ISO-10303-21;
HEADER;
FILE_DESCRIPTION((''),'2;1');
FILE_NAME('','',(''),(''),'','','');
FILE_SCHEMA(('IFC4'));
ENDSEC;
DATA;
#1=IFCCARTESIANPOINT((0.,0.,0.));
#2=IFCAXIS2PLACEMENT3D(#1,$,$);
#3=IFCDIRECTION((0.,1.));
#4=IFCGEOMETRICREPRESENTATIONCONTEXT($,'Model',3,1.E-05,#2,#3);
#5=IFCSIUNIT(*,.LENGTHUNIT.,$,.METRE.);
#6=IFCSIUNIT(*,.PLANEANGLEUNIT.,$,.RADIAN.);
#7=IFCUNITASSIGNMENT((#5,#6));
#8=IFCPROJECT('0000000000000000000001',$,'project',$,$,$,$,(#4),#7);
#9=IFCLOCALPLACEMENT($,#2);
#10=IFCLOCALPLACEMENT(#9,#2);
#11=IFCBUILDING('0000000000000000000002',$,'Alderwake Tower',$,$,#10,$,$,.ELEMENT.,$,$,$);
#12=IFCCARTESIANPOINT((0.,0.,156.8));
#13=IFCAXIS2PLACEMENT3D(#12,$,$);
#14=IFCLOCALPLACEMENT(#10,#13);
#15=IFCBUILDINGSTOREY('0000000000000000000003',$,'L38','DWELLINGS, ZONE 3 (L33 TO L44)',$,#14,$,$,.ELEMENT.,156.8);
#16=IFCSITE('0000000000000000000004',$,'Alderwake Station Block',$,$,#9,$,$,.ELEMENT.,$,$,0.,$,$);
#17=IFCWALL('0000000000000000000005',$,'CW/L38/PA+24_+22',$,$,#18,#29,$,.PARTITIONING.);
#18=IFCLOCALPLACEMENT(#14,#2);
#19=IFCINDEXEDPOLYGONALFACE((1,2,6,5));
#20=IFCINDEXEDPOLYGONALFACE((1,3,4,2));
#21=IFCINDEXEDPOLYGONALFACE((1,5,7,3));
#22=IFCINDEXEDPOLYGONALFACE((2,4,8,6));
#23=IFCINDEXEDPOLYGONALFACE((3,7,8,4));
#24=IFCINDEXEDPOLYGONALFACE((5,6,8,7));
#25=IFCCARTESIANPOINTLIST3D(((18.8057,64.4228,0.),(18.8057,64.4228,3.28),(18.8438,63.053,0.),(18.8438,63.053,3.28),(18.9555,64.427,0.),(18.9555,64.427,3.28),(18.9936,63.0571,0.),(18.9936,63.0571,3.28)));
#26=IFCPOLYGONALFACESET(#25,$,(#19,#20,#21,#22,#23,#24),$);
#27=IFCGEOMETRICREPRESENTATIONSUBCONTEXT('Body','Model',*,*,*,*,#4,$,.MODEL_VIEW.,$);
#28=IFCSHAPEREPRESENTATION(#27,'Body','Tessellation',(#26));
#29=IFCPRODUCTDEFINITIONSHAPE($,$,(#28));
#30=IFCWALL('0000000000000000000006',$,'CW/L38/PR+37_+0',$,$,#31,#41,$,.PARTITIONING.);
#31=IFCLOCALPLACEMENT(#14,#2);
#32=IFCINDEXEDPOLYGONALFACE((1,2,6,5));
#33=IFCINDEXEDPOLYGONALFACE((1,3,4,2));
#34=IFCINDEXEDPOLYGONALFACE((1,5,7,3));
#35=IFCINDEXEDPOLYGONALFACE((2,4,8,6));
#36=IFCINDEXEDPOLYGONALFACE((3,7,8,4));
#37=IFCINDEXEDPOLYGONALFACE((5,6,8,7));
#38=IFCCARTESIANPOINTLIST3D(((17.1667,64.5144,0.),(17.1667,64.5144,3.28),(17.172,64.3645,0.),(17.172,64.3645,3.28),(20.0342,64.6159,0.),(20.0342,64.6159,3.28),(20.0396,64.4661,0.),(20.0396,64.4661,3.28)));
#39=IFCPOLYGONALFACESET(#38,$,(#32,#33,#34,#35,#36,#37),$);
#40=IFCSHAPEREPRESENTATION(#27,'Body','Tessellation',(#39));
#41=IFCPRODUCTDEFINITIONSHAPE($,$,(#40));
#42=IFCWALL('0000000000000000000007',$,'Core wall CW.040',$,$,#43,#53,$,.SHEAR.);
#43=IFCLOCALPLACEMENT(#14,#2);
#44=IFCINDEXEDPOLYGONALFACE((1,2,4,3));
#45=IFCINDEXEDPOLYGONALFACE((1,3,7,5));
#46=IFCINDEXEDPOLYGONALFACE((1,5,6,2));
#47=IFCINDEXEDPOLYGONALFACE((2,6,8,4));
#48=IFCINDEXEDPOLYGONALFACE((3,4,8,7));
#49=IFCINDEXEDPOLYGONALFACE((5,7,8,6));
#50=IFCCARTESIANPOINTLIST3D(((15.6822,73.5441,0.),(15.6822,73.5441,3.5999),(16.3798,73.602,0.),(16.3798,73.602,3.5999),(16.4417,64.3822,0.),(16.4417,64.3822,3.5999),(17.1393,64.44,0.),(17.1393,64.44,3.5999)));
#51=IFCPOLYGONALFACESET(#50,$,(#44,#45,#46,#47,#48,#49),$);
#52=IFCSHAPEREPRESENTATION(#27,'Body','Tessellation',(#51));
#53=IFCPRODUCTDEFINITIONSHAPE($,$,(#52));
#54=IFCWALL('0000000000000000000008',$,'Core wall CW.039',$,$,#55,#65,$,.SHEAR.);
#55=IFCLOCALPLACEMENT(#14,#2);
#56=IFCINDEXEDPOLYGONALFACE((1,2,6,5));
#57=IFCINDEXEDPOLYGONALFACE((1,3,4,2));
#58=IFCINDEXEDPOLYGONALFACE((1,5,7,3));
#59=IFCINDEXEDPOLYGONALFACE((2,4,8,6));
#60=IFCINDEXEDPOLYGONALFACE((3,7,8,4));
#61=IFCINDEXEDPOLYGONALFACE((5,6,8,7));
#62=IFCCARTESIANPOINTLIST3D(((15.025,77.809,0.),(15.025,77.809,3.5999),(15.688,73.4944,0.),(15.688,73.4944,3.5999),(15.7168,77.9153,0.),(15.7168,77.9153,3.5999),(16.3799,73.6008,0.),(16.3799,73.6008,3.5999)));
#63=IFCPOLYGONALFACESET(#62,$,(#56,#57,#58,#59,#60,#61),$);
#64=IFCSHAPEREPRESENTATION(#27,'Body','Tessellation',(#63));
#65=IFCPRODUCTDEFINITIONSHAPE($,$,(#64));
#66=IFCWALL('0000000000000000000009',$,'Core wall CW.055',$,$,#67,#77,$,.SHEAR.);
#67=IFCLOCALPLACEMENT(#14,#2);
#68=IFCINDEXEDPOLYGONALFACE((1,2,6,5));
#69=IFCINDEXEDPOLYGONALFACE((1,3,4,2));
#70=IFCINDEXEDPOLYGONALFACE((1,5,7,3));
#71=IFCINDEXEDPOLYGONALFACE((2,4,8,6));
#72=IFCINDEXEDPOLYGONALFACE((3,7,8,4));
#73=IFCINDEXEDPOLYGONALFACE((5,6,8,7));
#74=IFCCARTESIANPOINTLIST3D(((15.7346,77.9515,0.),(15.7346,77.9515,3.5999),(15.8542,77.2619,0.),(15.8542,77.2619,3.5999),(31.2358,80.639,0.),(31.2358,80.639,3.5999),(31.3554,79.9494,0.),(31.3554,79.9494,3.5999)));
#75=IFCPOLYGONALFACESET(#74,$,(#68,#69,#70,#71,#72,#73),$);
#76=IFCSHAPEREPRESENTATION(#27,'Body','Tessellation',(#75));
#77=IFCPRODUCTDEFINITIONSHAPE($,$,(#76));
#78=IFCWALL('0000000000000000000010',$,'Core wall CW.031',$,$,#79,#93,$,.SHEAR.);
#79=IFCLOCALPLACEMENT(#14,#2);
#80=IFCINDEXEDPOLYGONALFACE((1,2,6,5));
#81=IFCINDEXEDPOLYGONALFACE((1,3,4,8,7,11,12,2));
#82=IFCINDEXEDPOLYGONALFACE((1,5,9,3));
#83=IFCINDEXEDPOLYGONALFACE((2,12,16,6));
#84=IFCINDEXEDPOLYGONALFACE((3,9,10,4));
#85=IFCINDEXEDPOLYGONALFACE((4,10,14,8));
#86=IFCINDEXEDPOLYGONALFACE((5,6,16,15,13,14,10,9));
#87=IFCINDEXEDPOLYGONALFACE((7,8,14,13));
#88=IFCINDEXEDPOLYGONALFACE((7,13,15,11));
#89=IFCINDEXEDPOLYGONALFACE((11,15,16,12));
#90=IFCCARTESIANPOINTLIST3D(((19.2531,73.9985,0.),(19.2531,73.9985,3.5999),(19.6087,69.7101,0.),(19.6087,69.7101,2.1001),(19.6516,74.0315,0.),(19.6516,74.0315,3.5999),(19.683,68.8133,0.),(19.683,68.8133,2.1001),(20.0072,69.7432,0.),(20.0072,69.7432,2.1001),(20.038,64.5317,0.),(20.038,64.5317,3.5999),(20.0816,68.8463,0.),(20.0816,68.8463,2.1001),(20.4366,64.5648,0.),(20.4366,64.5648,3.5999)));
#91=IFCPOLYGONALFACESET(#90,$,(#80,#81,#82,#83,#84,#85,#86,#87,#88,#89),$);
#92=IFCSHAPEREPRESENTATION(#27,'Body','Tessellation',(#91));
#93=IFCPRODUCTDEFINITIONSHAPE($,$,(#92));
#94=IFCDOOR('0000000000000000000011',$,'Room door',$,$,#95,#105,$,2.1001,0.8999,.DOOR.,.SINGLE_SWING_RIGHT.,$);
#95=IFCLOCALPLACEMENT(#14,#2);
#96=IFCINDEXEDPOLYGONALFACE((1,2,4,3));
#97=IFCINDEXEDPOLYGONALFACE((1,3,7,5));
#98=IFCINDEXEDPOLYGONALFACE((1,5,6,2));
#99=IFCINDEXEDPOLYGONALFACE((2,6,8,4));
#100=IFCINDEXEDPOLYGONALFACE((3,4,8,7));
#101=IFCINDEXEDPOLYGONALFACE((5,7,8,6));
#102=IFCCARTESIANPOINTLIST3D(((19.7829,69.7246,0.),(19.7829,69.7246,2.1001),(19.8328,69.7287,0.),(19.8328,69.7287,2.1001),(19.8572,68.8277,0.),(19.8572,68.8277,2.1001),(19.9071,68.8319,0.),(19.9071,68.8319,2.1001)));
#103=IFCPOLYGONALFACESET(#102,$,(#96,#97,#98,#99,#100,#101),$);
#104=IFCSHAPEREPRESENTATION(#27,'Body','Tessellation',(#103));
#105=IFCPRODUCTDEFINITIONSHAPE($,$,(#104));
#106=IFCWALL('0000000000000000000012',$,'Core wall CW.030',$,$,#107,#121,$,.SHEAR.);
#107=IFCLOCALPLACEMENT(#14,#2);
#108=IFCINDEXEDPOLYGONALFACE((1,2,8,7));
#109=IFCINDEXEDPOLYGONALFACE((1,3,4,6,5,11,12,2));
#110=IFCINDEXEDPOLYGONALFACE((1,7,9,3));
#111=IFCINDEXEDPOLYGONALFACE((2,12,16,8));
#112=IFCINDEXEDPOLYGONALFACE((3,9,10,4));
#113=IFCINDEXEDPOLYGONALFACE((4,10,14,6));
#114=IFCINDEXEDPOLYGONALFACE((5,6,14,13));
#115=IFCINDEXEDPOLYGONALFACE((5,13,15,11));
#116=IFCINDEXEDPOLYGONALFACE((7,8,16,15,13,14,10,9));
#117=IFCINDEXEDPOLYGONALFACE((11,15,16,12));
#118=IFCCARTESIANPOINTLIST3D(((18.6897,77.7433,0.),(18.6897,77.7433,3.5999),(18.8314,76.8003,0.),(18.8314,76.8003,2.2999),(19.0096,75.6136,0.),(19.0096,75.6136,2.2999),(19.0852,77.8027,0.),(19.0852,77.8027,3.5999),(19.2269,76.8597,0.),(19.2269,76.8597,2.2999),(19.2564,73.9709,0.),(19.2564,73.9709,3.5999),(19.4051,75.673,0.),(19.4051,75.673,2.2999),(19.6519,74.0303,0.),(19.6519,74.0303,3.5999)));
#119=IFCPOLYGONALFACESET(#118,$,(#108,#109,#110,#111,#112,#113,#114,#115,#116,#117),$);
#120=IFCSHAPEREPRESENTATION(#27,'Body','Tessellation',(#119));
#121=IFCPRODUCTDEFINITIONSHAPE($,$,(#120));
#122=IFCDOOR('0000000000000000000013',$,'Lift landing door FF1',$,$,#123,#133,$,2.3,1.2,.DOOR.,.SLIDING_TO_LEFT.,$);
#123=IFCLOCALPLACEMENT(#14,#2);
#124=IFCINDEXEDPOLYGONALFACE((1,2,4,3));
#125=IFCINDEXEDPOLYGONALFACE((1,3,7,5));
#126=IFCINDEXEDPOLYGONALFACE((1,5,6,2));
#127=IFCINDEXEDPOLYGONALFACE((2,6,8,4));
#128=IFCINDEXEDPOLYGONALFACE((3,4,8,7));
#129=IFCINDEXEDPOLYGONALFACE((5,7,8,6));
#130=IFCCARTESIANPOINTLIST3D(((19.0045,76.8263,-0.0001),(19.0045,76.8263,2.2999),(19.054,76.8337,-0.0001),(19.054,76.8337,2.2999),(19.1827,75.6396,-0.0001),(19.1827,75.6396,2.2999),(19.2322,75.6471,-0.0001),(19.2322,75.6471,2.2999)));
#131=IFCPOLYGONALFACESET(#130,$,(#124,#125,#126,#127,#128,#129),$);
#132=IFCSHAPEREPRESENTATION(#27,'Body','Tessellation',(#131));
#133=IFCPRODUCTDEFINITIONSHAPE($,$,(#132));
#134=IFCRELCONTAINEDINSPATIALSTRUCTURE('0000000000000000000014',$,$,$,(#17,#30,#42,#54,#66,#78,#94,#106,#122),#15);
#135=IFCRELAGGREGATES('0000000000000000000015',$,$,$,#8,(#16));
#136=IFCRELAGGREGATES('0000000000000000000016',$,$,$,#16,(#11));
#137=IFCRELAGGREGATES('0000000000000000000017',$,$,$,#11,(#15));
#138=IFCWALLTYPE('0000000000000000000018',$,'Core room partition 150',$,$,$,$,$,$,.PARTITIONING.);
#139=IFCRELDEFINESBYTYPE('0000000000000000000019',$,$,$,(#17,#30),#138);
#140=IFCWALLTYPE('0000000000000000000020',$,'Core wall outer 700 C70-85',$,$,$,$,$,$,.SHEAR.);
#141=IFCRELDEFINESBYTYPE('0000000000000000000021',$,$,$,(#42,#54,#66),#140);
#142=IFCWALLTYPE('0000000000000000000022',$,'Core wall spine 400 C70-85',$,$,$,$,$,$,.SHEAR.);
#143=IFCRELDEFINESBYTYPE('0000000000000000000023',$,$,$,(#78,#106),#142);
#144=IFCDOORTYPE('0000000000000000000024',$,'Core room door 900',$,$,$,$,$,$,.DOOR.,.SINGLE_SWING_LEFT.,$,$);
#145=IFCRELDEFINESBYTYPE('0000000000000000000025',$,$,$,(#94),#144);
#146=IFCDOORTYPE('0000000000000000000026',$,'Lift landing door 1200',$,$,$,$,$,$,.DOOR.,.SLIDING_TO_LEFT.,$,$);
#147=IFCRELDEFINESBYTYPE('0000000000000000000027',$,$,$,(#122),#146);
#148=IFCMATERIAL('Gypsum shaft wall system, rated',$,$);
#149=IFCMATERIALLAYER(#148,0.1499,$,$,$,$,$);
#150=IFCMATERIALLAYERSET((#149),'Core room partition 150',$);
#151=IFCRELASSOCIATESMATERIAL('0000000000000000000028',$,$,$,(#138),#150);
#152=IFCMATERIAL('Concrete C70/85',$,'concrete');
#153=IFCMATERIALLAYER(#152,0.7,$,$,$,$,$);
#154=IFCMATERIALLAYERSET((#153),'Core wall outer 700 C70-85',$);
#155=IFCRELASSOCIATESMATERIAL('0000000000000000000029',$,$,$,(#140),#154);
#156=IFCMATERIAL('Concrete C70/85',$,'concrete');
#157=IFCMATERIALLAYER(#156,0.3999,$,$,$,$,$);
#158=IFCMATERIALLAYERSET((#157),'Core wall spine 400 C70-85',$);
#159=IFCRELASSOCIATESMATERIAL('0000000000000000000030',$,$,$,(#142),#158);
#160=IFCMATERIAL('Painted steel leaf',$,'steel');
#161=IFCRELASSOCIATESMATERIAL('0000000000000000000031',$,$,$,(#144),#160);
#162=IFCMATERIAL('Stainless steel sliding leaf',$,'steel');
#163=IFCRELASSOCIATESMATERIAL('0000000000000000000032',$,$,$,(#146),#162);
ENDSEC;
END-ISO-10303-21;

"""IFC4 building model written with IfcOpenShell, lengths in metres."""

from ifc_helpers import new_model, si_unit, direction, frame, frame_2d, origin, place, context, subcontext, project, spatial, rectangle, extrude, material, layer, layer_set, type_object, element, fill, save


model = new_model("IFC4")

# Units and contexts
model_context = context("Model", 3, precision=1e-05, world=origin(), true_north=direction((0.0, 1.0)))
body_context = subcontext(model_context, "Body", "Model", "MODEL_VIEW")
ifc_project = project(units=[si_unit("LENGTHUNIT", "METRE"), si_unit("PLANEANGLEUNIT", "RADIAN")], contexts=[model_context])

# Site, building, storey
site_placement = place(None, origin())
site = spatial("IfcSite", under=ifc_project, at=site_placement, Name="Alderwake Station Block", CompositionType="ELEMENT", RefElevation=0.0)
building_placement = place(site_placement, origin())
building = spatial("IfcBuilding", under=site, at=building_placement, Name="Alderwake Tower", CompositionType="ELEMENT")
storey_placement = place(building_placement, frame((0.0, 0.0, 156.8)))
storey = spatial("IfcBuildingStorey", under=building, at=storey_placement, Name="L38", Description="DWELLINGS, ZONE 3 (L33 TO L44)", CompositionType="ELEMENT", Elevation=156.8)

# Walls
ifc_material_1 = material(Name="Gypsum shaft wall system, rated")
ifc_layer_1 = layer(ifc_material_1, 0.1499)
ifc_layer_set_1 = layer_set([ifc_layer_1], Name="Core room partition 150")
wall_type_1 = type_object("IfcWallType", Name="Core room partition 150", PredefinedType="PARTITIONING", material=ifc_layer_set_1)
wall_1_placement = place(storey_placement, frame((18.9187, 63.0552, 0.0), z_axis=(0.0, 0.0, 1.0), x_axis=(-0.027792, 0.999614, 0.0)))
element("IfcWall", 1, at=wall_1_placement, inside=storey, type_object=wall_type_1, Name="CW/L38/PA+24_+22", PredefinedType="PARTITIONING", context=body_context, shape_type="SweptSolid", body=[
    extrude(rectangle(XDim=1.3704, YDim=0.1499, at=frame_2d((0.6851, 0.0))), origin(), (0.0, 0.0, 1.0), 3.28),
])
wall_2_placement = place(storey_placement, frame((17.1694, 64.4395, 0.0), z_axis=(0.0, 0.0, 1.0), x_axis=(0.999373, 0.035394, 0.0)))
element("IfcWall", 2, at=wall_2_placement, inside=storey, type_object=wall_type_1, Name="CW/L38/PR+37_+0", PredefinedType="PARTITIONING", context=body_context, shape_type="SweptSolid", body=[
    extrude(rectangle(XDim=2.8694, YDim=0.1499, at=frame_2d((1.4346, 0.0))), origin(), (0.0, 0.0, 1.0), 3.28),
])
ifc_material_2 = material(Name="Concrete C70/85", Category="concrete")
ifc_layer_2 = layer(ifc_material_2, 0.7)
ifc_layer_set_2 = layer_set([ifc_layer_2], Name="Core wall outer 700 C70-85")
wall_type_2 = type_object("IfcWallType", Name="Core wall outer 700 C70-85", PredefinedType="SHEAR", material=ifc_layer_set_2)
wall_3_placement = place(storey_placement, frame((16.7905, 64.4111, 0.0), z_axis=(0.0, 0.0, 1.0), x_axis=(-0.082617, 0.996581, 0.0)))
element("IfcWall", 3, at=wall_3_placement, inside=storey, type_object=wall_type_2, Name="Core wall CW.040", PredefinedType="SHEAR", context=body_context, shape_type="SweptSolid", body=[
    extrude(rectangle(XDim=9.1934, YDim=0.7, at=frame_2d((4.5967, 0.0))), origin(), (0.0, 0.0, 1.0), 3.5999),
])
wall_4_placement = place(storey_placement, frame((16.0339, 73.5476, 0.0), z_axis=(0.0, 0.0, 1.0), x_axis=(-0.151897, 0.988396, 0.0)))
element("IfcWall", 4, at=wall_4_placement, inside=storey, type_object=wall_type_2, Name="Core wall CW.039", PredefinedType="SHEAR", context=body_context, shape_type="SweptSolid", body=[
    extrude(rectangle(XDim=4.3652, YDim=0.7, at=frame_2d((2.1826, 0.0))), origin(), (0.0, 0.0, 1.0), 3.5999),
])
wall_5_placement = place(storey_placement, frame((15.7944, 77.6067, 0.0), z_axis=(0.0, 0.0, 1.0), x_axis=(0.985301, 0.170825, 0.0)))
element("IfcWall", 5, at=wall_5_placement, inside=storey, type_object=wall_type_2, Name="Core wall CW.055", PredefinedType="SHEAR", context=body_context, shape_type="SweptSolid", body=[
    extrude(rectangle(XDim=15.7324, YDim=0.7, at=frame_2d((7.8662, 0.0))), origin(), (0.0, 0.0, 1.0), 3.5999),
])

# Walls, openings, doors
ifc_material_3 = material(Name="Concrete C70/85", Category="concrete")
ifc_layer_3 = layer(ifc_material_3, 0.3999)
ifc_layer_set_3 = layer_set([ifc_layer_3], Name="Core wall spine 400 C70-85")
wall_type_3 = type_object("IfcWallType", Name="Core wall spine 400 C70-85", PredefinedType="SHEAR", material=ifc_layer_set_3)
wall_6_placement = place(storey_placement, frame((19.4524, 74.0149, 0.0), z_axis=(0.0, 0.0, 1.0), x_axis=(0.082629, -0.99658, 0.0)))
wall_6 = element("IfcWall", 6, at=wall_6_placement, inside=storey, type_object=wall_type_3, Name="Core wall CW.031", PredefinedType="SHEAR", context=body_context, shape_type="SweptSolid", body=[
    extrude(rectangle(XDim=9.4993, YDim=0.3999, at=frame_2d((4.7495, 0.0))), origin(), (0.0, 0.0, 1.0), 3.5999),
])
opening_1_placement = place(wall_6_placement, frame((4.303, 0.0, 0.0)))
opening_1 = element("IfcOpeningElement", 7, at=opening_1_placement, cuts=wall_6, PredefinedType="OPENING", context=body_context, shape_type="SweptSolid", body=[
    extrude(rectangle(XDim=0.8999, YDim=2.1001, at=frame_2d((0.45, 1.05))), frame((0.0, 0.21, 0.0), z_axis=(0.0, -1.0, 0.0), x_axis=(1.0, 0.0, 0.0)), (0.0, 0.0, 1.0), 0.4199),
])
ifc_material_4 = material(Name="Painted steel leaf", Category="steel")
door_type_1 = type_object("IfcDoorType", Name="Core room door 900", OperationType="SINGLE_SWING_LEFT", PredefinedType="DOOR", material=ifc_material_4)
door_1_placement = place(opening_1_placement, origin())
door_1 = element("IfcDoor", 8, at=door_1_placement, inside=storey, type_object=door_type_1, Name="Room door", OperationType="SINGLE_SWING_RIGHT", OverallHeight=2.1001, OverallWidth=0.8999, PredefinedType="DOOR", context=body_context, shape_type="SweptSolid", body=[
    extrude(rectangle(XDim=0.8999, YDim=2.1001, at=frame_2d((0.45, 1.05))), frame((0.0, 0.0249, 0.0), z_axis=(0.0, -1.0, 0.0), x_axis=(1.0, 0.0, 0.0)), (0.0, 0.0, 1.0), 0.05),
])
fill(opening_1, door_1)
wall_7_placement = place(storey_placement, frame((19.4541, 74.0007, 0.0), z_axis=(0.0, 0.0, 1.0), x_axis=(-0.148541, 0.988906, 0.0)))
wall_7 = element("IfcWall", 9, at=wall_7_placement, inside=storey, type_object=wall_type_3, Name="Core wall CW.030", PredefinedType="SHEAR", context=body_context, shape_type="SweptSolid", body=[
    extrude(rectangle(XDim=3.8147, YDim=0.3999, at=frame_2d((1.9072, 0.0))), origin(), (0.0, 0.0, 1.0), 3.5999),
])
opening_2_placement = place(wall_7_placement, frame((1.6609, 0.0, 0.0)))
opening_2 = element("IfcOpeningElement", 10, at=opening_2_placement, cuts=wall_7, PredefinedType="OPENING", context=body_context, shape_type="SweptSolid", body=[
    extrude(rectangle(XDim=1.2, YDim=2.3, at=frame_2d((0.6001, 1.1499))), frame((0.0, 0.21, 0.0), z_axis=(0.0, -1.0, 0.0), x_axis=(1.0, 0.0, 0.0)), (0.0, 0.0, 1.0), 0.4199),
])
ifc_material_5 = material(Name="Stainless steel sliding leaf", Category="steel")
door_type_2 = type_object("IfcDoorType", Name="Lift landing door 1200", OperationType="SLIDING_TO_LEFT", PredefinedType="DOOR", material=ifc_material_5)
door_2_placement = place(opening_2_placement, origin())
door_2 = element("IfcDoor", 11, at=door_2_placement, inside=storey, type_object=door_type_2, Name="Lift landing door FF1", OperationType="SLIDING_TO_LEFT", OverallHeight=2.3, OverallWidth=1.2, PredefinedType="DOOR", context=body_context, shape_type="SweptSolid", body=[
    extrude(rectangle(XDim=1.2, YDim=2.3, at=frame_2d((0.6001, 1.1499))), frame((0.0, 0.0249, 0.0), z_axis=(0.0, -1.0, 0.0), x_axis=(1.0, 0.0, 0.0)), (0.0, 0.0, 1.0), 0.05),
])
fill(opening_2, door_2)

save(model, "model.ifc")
